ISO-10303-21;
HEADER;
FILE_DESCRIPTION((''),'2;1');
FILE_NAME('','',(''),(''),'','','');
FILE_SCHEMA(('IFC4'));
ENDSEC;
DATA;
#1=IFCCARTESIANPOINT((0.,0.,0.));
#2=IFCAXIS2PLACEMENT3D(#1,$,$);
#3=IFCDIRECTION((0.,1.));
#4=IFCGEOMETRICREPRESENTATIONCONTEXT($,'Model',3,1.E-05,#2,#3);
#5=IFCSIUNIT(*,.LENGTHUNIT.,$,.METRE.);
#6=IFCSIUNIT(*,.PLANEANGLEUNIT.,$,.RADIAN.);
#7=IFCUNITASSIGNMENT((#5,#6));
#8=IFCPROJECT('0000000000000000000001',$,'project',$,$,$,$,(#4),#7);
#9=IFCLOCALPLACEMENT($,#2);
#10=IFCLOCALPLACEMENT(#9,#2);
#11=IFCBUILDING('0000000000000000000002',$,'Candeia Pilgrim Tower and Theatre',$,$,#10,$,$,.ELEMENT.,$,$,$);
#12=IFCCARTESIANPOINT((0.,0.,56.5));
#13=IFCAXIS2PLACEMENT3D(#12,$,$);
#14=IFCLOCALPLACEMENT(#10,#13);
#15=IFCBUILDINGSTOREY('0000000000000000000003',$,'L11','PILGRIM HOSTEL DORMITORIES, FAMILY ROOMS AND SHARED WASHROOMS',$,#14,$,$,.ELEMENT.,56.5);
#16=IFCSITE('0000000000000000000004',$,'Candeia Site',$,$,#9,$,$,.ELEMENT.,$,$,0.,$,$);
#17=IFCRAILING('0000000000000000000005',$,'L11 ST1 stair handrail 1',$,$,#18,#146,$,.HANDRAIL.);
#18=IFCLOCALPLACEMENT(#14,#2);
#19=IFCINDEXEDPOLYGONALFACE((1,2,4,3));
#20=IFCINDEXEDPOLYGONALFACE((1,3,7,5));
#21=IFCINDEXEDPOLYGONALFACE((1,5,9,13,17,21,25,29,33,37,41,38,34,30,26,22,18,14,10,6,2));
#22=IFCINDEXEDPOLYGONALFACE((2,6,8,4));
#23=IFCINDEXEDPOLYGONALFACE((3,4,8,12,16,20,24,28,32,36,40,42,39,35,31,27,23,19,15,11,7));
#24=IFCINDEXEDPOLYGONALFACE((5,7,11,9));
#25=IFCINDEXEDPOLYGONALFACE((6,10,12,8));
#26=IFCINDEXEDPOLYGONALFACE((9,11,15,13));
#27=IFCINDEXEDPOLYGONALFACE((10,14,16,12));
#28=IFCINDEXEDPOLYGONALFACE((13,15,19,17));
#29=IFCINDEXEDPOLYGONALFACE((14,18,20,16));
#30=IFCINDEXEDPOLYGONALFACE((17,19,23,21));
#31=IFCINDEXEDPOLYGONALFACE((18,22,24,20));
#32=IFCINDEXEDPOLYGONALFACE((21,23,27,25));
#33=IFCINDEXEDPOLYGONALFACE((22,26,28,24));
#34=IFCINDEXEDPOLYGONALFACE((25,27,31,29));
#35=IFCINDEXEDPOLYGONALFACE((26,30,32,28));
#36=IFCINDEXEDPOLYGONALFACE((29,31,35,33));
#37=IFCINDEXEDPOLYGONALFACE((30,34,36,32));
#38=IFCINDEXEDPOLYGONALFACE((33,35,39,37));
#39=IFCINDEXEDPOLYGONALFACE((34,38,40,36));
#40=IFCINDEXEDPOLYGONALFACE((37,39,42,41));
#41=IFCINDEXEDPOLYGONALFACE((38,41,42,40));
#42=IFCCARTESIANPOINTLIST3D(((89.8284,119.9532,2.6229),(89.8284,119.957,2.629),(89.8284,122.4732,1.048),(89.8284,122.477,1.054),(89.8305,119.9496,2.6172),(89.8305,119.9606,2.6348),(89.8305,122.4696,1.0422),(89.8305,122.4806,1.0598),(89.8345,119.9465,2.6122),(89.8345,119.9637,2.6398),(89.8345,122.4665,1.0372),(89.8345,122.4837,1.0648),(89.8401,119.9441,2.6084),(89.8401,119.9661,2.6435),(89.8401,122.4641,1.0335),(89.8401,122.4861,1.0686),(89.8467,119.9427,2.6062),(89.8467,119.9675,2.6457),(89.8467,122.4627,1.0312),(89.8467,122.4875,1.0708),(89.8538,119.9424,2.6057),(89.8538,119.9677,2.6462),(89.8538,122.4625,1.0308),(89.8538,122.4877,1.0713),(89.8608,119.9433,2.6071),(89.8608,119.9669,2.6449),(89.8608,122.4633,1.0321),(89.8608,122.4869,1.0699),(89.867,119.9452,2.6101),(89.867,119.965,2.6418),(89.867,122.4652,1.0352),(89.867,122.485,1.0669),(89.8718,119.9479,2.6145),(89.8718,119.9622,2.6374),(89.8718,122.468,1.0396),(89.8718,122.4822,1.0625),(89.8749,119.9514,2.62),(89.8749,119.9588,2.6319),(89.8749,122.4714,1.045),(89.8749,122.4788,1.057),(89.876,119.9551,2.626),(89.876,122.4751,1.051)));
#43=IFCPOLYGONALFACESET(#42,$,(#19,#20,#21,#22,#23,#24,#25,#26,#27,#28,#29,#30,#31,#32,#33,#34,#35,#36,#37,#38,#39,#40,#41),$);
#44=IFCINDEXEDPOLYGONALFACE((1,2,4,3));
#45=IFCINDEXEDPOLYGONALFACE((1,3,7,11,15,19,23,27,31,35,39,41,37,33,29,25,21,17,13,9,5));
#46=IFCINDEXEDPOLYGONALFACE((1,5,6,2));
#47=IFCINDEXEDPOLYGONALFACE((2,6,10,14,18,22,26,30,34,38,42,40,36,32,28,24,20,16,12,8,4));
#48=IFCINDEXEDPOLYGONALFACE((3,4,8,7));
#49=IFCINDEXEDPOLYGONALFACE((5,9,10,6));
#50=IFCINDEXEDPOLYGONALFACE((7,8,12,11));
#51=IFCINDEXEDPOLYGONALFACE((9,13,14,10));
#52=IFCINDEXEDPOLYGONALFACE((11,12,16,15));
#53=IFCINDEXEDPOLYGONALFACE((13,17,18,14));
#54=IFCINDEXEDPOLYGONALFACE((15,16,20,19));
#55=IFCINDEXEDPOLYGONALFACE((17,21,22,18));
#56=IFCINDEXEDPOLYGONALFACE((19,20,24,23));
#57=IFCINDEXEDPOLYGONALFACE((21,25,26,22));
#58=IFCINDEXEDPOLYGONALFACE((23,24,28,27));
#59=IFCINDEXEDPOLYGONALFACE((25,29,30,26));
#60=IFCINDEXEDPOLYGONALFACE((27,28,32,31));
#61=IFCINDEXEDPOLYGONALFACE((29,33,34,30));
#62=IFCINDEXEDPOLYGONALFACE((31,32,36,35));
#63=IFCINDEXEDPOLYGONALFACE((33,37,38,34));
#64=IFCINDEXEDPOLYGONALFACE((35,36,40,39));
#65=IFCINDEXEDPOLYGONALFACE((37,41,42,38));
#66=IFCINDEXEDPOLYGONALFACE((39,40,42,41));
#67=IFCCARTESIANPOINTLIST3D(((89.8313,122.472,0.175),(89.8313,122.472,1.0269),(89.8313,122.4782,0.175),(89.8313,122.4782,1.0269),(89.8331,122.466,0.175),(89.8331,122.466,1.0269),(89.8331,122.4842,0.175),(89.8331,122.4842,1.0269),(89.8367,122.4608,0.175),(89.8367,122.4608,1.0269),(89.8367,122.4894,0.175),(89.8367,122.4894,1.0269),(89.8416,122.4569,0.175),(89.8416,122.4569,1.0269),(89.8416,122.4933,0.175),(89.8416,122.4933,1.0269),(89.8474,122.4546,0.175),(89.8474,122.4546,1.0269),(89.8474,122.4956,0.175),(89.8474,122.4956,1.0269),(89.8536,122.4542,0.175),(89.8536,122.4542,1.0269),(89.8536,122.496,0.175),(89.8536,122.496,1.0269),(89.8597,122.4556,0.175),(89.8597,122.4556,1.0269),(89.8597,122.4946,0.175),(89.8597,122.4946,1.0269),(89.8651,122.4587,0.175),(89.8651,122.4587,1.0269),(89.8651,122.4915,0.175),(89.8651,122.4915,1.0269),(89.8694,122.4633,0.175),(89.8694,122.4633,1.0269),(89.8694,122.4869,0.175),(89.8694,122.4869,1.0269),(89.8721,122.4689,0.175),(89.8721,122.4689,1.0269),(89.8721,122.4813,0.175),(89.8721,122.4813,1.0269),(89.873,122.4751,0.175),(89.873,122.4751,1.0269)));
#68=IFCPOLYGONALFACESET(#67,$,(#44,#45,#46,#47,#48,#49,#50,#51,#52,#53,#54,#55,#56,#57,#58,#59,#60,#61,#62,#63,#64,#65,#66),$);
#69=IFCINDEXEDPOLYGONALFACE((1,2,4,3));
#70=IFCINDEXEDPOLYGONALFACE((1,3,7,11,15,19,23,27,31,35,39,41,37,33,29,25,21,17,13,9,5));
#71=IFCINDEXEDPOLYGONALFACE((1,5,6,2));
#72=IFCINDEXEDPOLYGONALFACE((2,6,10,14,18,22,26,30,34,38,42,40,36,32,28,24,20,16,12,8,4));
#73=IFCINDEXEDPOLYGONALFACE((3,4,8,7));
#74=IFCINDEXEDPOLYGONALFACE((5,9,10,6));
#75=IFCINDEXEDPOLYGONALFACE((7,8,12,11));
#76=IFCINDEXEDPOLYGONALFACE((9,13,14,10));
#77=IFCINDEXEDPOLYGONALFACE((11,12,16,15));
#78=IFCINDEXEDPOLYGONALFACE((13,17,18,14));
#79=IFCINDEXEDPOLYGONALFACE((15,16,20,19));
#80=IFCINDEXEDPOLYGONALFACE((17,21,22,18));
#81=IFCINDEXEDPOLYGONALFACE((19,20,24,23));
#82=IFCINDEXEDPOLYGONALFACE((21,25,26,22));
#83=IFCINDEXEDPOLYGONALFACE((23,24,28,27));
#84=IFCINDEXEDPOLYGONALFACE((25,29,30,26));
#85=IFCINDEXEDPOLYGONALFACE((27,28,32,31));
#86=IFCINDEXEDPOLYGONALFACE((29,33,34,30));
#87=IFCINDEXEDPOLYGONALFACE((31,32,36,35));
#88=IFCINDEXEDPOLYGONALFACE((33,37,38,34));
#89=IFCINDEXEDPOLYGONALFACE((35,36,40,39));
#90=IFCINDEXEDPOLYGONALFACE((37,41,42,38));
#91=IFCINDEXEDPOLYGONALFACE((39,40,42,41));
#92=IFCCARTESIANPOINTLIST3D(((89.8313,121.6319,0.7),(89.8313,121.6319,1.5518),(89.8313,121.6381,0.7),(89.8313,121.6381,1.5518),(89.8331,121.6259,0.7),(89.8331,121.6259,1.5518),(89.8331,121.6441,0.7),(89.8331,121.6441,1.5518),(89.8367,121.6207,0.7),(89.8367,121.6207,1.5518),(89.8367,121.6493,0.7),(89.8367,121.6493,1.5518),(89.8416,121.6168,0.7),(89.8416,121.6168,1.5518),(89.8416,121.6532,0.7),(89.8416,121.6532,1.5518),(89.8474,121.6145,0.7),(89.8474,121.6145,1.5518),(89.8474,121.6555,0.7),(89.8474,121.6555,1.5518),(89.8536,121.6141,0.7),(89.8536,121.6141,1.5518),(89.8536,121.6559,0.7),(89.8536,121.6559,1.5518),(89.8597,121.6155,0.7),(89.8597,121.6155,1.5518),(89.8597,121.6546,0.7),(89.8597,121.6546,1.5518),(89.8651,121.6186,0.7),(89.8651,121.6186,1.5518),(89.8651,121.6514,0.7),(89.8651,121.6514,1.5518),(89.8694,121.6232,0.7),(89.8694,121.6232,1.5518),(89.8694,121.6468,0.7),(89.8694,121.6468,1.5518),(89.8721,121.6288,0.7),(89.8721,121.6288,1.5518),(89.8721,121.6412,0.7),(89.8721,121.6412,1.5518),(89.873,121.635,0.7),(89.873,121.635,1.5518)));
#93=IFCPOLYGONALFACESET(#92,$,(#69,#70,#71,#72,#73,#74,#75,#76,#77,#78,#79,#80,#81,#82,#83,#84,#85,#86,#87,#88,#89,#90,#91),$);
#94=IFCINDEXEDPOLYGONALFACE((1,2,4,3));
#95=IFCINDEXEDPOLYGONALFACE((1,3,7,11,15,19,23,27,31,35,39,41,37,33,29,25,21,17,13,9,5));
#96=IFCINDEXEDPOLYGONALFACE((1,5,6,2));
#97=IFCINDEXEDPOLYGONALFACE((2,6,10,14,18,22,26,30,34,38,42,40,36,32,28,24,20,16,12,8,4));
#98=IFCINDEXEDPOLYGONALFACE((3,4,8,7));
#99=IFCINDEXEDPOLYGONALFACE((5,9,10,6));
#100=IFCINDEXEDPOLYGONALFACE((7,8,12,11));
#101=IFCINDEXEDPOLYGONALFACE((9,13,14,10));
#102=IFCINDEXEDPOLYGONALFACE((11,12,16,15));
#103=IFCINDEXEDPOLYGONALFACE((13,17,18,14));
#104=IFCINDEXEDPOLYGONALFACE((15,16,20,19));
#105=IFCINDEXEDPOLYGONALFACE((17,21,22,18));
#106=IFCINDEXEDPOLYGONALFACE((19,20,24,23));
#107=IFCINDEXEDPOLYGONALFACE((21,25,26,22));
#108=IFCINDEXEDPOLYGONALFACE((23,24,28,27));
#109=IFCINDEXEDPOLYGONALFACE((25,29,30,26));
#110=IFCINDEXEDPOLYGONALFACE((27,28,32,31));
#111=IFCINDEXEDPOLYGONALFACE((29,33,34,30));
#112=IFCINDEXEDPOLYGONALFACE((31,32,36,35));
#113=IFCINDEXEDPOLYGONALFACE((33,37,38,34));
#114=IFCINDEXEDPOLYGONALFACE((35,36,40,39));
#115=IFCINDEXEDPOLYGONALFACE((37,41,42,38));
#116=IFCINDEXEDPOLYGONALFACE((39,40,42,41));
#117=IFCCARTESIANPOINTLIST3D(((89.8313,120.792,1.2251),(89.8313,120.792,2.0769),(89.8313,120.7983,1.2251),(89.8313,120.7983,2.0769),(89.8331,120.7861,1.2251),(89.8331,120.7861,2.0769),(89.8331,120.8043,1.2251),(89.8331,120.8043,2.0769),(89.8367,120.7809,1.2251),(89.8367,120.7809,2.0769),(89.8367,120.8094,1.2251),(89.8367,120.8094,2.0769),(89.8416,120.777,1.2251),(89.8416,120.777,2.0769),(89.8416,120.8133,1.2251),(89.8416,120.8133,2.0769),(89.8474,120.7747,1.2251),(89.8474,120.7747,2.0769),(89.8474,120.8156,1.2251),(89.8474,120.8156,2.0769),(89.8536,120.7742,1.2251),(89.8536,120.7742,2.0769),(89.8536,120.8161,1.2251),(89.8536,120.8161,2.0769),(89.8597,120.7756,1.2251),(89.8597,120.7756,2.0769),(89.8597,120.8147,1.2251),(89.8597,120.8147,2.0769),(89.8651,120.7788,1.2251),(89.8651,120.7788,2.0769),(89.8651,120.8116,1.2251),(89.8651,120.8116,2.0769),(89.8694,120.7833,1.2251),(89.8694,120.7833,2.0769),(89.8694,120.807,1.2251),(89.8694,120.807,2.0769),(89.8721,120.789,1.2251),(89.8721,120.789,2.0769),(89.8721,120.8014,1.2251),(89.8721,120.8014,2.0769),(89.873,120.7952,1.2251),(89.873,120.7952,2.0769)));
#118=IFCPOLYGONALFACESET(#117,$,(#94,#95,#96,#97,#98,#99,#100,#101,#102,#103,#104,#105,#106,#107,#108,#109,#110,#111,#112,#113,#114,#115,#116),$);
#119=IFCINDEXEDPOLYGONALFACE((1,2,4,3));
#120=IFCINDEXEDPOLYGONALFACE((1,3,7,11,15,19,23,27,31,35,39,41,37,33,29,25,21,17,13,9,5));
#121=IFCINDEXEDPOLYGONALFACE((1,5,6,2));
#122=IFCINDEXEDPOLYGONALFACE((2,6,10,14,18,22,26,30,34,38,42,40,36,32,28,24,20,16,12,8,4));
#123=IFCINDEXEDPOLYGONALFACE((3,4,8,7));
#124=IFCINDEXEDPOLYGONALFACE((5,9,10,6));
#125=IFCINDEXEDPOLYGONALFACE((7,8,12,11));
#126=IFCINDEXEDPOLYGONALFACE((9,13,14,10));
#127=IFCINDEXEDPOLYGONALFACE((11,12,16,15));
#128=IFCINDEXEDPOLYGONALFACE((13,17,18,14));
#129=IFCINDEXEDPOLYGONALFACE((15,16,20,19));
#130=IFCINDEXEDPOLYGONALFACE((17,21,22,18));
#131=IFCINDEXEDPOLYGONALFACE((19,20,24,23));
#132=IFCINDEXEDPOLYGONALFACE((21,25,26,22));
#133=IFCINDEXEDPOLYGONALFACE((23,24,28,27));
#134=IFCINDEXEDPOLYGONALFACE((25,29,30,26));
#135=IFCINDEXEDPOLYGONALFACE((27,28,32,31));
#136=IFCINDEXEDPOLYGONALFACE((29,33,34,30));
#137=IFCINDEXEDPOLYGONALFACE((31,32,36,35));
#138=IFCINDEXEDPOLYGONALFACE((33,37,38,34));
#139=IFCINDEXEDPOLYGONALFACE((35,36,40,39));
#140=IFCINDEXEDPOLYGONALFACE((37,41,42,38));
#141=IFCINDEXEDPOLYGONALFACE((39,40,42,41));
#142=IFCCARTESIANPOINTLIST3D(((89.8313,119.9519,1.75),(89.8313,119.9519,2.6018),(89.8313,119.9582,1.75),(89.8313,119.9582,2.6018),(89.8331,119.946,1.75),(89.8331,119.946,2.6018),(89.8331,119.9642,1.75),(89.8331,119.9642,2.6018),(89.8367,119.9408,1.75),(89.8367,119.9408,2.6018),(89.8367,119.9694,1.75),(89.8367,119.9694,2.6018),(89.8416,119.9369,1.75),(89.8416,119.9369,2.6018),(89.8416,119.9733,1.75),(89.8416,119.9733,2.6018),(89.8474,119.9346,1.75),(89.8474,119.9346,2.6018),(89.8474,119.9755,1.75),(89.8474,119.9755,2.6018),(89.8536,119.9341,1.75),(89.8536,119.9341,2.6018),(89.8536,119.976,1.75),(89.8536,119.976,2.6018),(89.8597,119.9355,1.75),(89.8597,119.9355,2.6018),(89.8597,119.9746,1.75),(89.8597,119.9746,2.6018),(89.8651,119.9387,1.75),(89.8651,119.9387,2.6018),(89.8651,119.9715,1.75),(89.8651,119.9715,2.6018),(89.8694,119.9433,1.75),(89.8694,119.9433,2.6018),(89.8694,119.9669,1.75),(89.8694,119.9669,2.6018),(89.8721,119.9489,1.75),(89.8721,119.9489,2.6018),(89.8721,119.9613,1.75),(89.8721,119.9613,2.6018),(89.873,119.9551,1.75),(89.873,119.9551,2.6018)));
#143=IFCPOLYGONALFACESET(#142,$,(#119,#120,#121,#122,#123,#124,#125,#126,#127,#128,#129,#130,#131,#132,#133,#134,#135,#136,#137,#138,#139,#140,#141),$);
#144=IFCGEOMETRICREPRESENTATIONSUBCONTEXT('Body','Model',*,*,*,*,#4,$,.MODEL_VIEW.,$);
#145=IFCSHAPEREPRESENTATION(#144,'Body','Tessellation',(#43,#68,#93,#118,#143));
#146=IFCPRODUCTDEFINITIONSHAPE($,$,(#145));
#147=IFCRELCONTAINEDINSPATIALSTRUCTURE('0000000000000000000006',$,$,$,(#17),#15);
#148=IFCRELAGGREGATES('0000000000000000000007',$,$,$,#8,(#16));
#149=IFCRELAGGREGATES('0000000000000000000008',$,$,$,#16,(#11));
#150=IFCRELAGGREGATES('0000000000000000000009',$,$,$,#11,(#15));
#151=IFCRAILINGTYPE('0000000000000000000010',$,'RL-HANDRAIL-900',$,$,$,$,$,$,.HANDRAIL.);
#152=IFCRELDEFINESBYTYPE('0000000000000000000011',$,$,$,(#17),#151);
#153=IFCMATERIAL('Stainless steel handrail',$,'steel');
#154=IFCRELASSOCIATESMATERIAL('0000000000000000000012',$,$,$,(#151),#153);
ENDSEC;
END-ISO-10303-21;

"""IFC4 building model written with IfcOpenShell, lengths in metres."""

from ifc_helpers import new_model, si_unit, direction, frame, origin, origin_2d, place, context, subcontext, project, spatial, circle, extrude, material, type_object, element, save


model = new_model("IFC4")

# Units and contexts
model_context = context("Model", 3, precision=1e-05, world=origin(), true_north=direction((0.0, 1.0)))
body_context = subcontext(model_context, "Body", "Model", "MODEL_VIEW")
ifc_project = project(units=[si_unit("LENGTHUNIT", "METRE"), si_unit("PLANEANGLEUNIT", "RADIAN")], contexts=[model_context])

# Site, building, storey
site_placement = place(None, origin())
site = spatial("IfcSite", under=ifc_project, at=site_placement, Name="Candeia Site", CompositionType="ELEMENT", RefElevation=0.0)
building_placement = place(site_placement, origin())
building = spatial("IfcBuilding", under=site, at=building_placement, Name="Candeia Pilgrim Tower and Theatre", CompositionType="ELEMENT")
storey_placement = place(building_placement, frame((0.0, 0.0, 56.5)))
storey = spatial("IfcBuildingStorey", under=building, at=storey_placement, Name="L11", Description="PILGRIM HOSTEL DORMITORIES, FAMILY ROOMS AND SHARED WASHROOMS", CompositionType="ELEMENT", Elevation=56.5)

# Railing
ifc_material_1 = material(Name="Stainless steel handrail", Category="steel")
railing_type_1 = type_object("IfcRailingType", Name="RL-HANDRAIL-900", PredefinedType="HANDRAIL", material=ifc_material_1)
for number, where, name in (
    (1, (89.8521, 122.4751, 0.175), "L11 ST1 stair handrail 1"),
):
    element("IfcRailing", number, at=place(storey_placement, frame(where)), inside=storey, type_object=railing_type_1, Name=name, PredefinedType="HANDRAIL", context=body_context, shape_type="SweptSolid", body=[
        extrude(circle(Radius=0.0239, at=origin_2d()), frame((0.0, 0.0, 0.876), z_axis=(0.0, -0.848008, 0.529984), x_axis=(1.0, 0.0, 0.0)), (0.0, 0.0, 1.0), 2.9717),
        extrude(circle(Radius=0.021, at=origin_2d()), origin(), (0.0, 0.0, 1.0), 0.8518),
        extrude(circle(Radius=0.021, at=origin_2d()), frame((0.0, -0.8401, 0.5249)), (0.0, 0.0, 1.0), 0.8518),
        extrude(circle(Radius=0.021, at=origin_2d()), frame((0.0, -1.6799, 1.05)), (0.0, 0.0, 1.0), 0.8518),
        extrude(circle(Radius=0.021, at=origin_2d()), frame((0.0, -2.52, 1.575)), (0.0, 0.0, 1.0), 0.8518),
    ])

save(model, "model.ifc")
